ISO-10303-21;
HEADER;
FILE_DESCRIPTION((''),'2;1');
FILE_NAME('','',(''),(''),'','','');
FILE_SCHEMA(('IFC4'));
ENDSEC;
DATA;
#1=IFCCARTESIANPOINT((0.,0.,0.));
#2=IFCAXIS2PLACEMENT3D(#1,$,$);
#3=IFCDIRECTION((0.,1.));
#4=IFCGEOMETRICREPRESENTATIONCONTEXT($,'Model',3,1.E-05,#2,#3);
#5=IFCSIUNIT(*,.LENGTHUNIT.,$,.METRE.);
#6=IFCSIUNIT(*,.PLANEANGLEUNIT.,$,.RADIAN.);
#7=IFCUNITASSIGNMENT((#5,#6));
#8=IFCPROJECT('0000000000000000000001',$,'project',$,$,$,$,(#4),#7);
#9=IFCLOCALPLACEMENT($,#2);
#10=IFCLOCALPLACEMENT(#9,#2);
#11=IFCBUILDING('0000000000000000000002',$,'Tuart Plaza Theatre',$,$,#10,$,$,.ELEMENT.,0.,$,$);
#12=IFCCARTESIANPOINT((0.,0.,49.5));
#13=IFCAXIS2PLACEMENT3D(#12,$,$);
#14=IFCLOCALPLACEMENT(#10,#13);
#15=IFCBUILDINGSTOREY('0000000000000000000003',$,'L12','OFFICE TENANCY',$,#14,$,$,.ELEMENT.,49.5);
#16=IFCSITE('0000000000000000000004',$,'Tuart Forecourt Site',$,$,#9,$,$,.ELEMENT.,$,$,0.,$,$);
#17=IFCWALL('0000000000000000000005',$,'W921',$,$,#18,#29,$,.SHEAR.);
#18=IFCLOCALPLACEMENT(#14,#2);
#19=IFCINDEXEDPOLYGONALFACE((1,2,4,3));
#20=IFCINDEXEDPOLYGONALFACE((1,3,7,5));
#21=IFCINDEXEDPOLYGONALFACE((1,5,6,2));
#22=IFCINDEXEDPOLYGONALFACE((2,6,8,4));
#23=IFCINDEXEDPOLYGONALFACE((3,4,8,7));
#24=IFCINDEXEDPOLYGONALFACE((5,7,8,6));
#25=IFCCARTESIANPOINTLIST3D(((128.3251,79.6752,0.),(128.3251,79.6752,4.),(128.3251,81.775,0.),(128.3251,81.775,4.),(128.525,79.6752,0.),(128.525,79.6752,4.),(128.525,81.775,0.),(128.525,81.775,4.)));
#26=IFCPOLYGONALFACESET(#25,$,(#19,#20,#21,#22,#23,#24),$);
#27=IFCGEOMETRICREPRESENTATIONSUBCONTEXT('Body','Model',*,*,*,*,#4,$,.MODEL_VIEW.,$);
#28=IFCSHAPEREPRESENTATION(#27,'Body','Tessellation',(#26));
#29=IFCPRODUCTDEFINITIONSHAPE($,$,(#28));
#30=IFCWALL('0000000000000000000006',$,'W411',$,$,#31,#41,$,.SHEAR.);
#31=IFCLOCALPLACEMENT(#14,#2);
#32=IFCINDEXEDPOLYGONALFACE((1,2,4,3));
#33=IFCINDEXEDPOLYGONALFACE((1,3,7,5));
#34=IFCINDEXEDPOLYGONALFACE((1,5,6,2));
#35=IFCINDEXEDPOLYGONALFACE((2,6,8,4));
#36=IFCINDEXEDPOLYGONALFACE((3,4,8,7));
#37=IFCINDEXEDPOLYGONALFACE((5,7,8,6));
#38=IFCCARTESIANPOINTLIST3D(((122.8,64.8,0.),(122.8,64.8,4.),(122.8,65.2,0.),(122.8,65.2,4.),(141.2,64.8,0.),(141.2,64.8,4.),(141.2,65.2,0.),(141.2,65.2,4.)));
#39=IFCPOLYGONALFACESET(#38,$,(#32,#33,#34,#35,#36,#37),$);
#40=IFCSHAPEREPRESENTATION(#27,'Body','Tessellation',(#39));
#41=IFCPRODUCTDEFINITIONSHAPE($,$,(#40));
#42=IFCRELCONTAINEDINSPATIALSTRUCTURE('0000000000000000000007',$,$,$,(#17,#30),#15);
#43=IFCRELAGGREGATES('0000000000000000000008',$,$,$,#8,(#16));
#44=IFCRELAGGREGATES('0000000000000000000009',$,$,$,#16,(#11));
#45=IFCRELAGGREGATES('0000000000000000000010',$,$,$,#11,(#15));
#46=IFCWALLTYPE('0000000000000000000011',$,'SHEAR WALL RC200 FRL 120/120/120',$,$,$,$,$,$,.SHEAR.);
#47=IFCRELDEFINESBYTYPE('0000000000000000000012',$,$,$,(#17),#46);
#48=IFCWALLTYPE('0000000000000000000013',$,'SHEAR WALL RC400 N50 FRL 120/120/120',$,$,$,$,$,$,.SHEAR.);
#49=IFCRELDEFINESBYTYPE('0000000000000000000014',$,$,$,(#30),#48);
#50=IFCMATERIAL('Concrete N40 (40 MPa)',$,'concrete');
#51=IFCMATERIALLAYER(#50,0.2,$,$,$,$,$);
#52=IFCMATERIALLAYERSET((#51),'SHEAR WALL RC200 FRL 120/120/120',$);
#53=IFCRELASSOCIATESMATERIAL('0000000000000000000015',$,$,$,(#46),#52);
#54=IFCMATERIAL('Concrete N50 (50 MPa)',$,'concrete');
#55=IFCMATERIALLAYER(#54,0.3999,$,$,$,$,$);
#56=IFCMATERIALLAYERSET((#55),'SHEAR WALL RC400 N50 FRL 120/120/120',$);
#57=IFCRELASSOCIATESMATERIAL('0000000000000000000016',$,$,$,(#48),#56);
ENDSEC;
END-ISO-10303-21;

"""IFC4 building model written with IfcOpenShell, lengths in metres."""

from ifc_helpers import new_model, si_unit, direction, frame, frame_2d, origin, place, context, subcontext, project, spatial, rectangle, extrude, material, layer, layer_set, type_object, element, save


model = new_model("IFC4")

# Units and contexts
model_context = context("Model", 3, precision=1e-05, world=origin(), true_north=direction((0.0, 1.0)))
body_context = subcontext(model_context, "Body", "Model", "MODEL_VIEW")
ifc_project = project(units=[si_unit("LENGTHUNIT", "METRE"), si_unit("PLANEANGLEUNIT", "RADIAN")], contexts=[model_context])

# Site, building, storey
site_placement = place(None, origin())
site = spatial("IfcSite", under=ifc_project, at=site_placement, Name="Tuart Forecourt Site", CompositionType="ELEMENT", RefElevation=0.0)
building_placement = place(site_placement, origin())
building = spatial("IfcBuilding", under=site, at=building_placement, Name="Tuart Plaza Theatre", CompositionType="ELEMENT", ElevationOfRefHeight=0.0)
storey_placement = place(building_placement, frame((0.0, 0.0, 49.5)))
storey = spatial("IfcBuildingStorey", under=building, at=storey_placement, Name="L12", Description="OFFICE TENANCY", CompositionType="ELEMENT", Elevation=49.5)

# Shared definitions
ifc_material_1 = material(Name="Concrete N40 (40 MPa)", Category="concrete")
ifc_layer_1 = layer(ifc_material_1, 0.2)
ifc_layer_set_1 = layer_set([ifc_layer_1], Name="SHEAR WALL RC200 FRL 120/120/120")
wall_type_1 = type_object("IfcWallType", Name="SHEAR WALL RC200 FRL 120/120/120", PredefinedType="SHEAR", material=ifc_layer_set_1)

# Walls
for number, where, z_axis, x_axis, name in (
    (1, (128.425, 81.7749, 0.0), (0.0, 0.0, 1.0), (0.0, -1.0, 0.0), "W921"),
):
    element("IfcWall", number, at=place(storey_placement, frame(where, z_axis=z_axis, x_axis=x_axis)), inside=storey, type_object=wall_type_1, Name=name, PredefinedType="SHEAR", context=body_context, shape_type="SweptSolid", body=[
        extrude(rectangle(XDim=2.0999, YDim=0.2, at=frame_2d((1.0498, 0.0))), origin(), (0.0, 0.0, 1.0), 4.0),
    ])
ifc_material_2 = material(Name="Concrete N50 (50 MPa)", Category="concrete")
ifc_layer_2 = layer(ifc_material_2, 0.3999)
ifc_layer_set_2 = layer_set([ifc_layer_2], Name="SHEAR WALL RC400 N50 FRL 120/120/120")
wall_type_2 = type_object("IfcWallType", Name="SHEAR WALL RC400 N50 FRL 120/120/120", PredefinedType="SHEAR", material=ifc_layer_set_2)
wall_1_placement = place(storey_placement, frame((122.8, 65.0, 0.0), z_axis=(0.0, 0.0, 1.0), x_axis=(1.0, 0.0, 0.0)))
element("IfcWall", 2, at=wall_1_placement, inside=storey, type_object=wall_type_2, Name="W411", PredefinedType="SHEAR", context=body_context, shape_type="SweptSolid", body=[
    extrude(rectangle(XDim=18.3999, YDim=0.3999, at=frame_2d((9.2, 0.0))), origin(), (0.0, 0.0, 1.0), 4.0),
])

save(model, "model.ifc")
